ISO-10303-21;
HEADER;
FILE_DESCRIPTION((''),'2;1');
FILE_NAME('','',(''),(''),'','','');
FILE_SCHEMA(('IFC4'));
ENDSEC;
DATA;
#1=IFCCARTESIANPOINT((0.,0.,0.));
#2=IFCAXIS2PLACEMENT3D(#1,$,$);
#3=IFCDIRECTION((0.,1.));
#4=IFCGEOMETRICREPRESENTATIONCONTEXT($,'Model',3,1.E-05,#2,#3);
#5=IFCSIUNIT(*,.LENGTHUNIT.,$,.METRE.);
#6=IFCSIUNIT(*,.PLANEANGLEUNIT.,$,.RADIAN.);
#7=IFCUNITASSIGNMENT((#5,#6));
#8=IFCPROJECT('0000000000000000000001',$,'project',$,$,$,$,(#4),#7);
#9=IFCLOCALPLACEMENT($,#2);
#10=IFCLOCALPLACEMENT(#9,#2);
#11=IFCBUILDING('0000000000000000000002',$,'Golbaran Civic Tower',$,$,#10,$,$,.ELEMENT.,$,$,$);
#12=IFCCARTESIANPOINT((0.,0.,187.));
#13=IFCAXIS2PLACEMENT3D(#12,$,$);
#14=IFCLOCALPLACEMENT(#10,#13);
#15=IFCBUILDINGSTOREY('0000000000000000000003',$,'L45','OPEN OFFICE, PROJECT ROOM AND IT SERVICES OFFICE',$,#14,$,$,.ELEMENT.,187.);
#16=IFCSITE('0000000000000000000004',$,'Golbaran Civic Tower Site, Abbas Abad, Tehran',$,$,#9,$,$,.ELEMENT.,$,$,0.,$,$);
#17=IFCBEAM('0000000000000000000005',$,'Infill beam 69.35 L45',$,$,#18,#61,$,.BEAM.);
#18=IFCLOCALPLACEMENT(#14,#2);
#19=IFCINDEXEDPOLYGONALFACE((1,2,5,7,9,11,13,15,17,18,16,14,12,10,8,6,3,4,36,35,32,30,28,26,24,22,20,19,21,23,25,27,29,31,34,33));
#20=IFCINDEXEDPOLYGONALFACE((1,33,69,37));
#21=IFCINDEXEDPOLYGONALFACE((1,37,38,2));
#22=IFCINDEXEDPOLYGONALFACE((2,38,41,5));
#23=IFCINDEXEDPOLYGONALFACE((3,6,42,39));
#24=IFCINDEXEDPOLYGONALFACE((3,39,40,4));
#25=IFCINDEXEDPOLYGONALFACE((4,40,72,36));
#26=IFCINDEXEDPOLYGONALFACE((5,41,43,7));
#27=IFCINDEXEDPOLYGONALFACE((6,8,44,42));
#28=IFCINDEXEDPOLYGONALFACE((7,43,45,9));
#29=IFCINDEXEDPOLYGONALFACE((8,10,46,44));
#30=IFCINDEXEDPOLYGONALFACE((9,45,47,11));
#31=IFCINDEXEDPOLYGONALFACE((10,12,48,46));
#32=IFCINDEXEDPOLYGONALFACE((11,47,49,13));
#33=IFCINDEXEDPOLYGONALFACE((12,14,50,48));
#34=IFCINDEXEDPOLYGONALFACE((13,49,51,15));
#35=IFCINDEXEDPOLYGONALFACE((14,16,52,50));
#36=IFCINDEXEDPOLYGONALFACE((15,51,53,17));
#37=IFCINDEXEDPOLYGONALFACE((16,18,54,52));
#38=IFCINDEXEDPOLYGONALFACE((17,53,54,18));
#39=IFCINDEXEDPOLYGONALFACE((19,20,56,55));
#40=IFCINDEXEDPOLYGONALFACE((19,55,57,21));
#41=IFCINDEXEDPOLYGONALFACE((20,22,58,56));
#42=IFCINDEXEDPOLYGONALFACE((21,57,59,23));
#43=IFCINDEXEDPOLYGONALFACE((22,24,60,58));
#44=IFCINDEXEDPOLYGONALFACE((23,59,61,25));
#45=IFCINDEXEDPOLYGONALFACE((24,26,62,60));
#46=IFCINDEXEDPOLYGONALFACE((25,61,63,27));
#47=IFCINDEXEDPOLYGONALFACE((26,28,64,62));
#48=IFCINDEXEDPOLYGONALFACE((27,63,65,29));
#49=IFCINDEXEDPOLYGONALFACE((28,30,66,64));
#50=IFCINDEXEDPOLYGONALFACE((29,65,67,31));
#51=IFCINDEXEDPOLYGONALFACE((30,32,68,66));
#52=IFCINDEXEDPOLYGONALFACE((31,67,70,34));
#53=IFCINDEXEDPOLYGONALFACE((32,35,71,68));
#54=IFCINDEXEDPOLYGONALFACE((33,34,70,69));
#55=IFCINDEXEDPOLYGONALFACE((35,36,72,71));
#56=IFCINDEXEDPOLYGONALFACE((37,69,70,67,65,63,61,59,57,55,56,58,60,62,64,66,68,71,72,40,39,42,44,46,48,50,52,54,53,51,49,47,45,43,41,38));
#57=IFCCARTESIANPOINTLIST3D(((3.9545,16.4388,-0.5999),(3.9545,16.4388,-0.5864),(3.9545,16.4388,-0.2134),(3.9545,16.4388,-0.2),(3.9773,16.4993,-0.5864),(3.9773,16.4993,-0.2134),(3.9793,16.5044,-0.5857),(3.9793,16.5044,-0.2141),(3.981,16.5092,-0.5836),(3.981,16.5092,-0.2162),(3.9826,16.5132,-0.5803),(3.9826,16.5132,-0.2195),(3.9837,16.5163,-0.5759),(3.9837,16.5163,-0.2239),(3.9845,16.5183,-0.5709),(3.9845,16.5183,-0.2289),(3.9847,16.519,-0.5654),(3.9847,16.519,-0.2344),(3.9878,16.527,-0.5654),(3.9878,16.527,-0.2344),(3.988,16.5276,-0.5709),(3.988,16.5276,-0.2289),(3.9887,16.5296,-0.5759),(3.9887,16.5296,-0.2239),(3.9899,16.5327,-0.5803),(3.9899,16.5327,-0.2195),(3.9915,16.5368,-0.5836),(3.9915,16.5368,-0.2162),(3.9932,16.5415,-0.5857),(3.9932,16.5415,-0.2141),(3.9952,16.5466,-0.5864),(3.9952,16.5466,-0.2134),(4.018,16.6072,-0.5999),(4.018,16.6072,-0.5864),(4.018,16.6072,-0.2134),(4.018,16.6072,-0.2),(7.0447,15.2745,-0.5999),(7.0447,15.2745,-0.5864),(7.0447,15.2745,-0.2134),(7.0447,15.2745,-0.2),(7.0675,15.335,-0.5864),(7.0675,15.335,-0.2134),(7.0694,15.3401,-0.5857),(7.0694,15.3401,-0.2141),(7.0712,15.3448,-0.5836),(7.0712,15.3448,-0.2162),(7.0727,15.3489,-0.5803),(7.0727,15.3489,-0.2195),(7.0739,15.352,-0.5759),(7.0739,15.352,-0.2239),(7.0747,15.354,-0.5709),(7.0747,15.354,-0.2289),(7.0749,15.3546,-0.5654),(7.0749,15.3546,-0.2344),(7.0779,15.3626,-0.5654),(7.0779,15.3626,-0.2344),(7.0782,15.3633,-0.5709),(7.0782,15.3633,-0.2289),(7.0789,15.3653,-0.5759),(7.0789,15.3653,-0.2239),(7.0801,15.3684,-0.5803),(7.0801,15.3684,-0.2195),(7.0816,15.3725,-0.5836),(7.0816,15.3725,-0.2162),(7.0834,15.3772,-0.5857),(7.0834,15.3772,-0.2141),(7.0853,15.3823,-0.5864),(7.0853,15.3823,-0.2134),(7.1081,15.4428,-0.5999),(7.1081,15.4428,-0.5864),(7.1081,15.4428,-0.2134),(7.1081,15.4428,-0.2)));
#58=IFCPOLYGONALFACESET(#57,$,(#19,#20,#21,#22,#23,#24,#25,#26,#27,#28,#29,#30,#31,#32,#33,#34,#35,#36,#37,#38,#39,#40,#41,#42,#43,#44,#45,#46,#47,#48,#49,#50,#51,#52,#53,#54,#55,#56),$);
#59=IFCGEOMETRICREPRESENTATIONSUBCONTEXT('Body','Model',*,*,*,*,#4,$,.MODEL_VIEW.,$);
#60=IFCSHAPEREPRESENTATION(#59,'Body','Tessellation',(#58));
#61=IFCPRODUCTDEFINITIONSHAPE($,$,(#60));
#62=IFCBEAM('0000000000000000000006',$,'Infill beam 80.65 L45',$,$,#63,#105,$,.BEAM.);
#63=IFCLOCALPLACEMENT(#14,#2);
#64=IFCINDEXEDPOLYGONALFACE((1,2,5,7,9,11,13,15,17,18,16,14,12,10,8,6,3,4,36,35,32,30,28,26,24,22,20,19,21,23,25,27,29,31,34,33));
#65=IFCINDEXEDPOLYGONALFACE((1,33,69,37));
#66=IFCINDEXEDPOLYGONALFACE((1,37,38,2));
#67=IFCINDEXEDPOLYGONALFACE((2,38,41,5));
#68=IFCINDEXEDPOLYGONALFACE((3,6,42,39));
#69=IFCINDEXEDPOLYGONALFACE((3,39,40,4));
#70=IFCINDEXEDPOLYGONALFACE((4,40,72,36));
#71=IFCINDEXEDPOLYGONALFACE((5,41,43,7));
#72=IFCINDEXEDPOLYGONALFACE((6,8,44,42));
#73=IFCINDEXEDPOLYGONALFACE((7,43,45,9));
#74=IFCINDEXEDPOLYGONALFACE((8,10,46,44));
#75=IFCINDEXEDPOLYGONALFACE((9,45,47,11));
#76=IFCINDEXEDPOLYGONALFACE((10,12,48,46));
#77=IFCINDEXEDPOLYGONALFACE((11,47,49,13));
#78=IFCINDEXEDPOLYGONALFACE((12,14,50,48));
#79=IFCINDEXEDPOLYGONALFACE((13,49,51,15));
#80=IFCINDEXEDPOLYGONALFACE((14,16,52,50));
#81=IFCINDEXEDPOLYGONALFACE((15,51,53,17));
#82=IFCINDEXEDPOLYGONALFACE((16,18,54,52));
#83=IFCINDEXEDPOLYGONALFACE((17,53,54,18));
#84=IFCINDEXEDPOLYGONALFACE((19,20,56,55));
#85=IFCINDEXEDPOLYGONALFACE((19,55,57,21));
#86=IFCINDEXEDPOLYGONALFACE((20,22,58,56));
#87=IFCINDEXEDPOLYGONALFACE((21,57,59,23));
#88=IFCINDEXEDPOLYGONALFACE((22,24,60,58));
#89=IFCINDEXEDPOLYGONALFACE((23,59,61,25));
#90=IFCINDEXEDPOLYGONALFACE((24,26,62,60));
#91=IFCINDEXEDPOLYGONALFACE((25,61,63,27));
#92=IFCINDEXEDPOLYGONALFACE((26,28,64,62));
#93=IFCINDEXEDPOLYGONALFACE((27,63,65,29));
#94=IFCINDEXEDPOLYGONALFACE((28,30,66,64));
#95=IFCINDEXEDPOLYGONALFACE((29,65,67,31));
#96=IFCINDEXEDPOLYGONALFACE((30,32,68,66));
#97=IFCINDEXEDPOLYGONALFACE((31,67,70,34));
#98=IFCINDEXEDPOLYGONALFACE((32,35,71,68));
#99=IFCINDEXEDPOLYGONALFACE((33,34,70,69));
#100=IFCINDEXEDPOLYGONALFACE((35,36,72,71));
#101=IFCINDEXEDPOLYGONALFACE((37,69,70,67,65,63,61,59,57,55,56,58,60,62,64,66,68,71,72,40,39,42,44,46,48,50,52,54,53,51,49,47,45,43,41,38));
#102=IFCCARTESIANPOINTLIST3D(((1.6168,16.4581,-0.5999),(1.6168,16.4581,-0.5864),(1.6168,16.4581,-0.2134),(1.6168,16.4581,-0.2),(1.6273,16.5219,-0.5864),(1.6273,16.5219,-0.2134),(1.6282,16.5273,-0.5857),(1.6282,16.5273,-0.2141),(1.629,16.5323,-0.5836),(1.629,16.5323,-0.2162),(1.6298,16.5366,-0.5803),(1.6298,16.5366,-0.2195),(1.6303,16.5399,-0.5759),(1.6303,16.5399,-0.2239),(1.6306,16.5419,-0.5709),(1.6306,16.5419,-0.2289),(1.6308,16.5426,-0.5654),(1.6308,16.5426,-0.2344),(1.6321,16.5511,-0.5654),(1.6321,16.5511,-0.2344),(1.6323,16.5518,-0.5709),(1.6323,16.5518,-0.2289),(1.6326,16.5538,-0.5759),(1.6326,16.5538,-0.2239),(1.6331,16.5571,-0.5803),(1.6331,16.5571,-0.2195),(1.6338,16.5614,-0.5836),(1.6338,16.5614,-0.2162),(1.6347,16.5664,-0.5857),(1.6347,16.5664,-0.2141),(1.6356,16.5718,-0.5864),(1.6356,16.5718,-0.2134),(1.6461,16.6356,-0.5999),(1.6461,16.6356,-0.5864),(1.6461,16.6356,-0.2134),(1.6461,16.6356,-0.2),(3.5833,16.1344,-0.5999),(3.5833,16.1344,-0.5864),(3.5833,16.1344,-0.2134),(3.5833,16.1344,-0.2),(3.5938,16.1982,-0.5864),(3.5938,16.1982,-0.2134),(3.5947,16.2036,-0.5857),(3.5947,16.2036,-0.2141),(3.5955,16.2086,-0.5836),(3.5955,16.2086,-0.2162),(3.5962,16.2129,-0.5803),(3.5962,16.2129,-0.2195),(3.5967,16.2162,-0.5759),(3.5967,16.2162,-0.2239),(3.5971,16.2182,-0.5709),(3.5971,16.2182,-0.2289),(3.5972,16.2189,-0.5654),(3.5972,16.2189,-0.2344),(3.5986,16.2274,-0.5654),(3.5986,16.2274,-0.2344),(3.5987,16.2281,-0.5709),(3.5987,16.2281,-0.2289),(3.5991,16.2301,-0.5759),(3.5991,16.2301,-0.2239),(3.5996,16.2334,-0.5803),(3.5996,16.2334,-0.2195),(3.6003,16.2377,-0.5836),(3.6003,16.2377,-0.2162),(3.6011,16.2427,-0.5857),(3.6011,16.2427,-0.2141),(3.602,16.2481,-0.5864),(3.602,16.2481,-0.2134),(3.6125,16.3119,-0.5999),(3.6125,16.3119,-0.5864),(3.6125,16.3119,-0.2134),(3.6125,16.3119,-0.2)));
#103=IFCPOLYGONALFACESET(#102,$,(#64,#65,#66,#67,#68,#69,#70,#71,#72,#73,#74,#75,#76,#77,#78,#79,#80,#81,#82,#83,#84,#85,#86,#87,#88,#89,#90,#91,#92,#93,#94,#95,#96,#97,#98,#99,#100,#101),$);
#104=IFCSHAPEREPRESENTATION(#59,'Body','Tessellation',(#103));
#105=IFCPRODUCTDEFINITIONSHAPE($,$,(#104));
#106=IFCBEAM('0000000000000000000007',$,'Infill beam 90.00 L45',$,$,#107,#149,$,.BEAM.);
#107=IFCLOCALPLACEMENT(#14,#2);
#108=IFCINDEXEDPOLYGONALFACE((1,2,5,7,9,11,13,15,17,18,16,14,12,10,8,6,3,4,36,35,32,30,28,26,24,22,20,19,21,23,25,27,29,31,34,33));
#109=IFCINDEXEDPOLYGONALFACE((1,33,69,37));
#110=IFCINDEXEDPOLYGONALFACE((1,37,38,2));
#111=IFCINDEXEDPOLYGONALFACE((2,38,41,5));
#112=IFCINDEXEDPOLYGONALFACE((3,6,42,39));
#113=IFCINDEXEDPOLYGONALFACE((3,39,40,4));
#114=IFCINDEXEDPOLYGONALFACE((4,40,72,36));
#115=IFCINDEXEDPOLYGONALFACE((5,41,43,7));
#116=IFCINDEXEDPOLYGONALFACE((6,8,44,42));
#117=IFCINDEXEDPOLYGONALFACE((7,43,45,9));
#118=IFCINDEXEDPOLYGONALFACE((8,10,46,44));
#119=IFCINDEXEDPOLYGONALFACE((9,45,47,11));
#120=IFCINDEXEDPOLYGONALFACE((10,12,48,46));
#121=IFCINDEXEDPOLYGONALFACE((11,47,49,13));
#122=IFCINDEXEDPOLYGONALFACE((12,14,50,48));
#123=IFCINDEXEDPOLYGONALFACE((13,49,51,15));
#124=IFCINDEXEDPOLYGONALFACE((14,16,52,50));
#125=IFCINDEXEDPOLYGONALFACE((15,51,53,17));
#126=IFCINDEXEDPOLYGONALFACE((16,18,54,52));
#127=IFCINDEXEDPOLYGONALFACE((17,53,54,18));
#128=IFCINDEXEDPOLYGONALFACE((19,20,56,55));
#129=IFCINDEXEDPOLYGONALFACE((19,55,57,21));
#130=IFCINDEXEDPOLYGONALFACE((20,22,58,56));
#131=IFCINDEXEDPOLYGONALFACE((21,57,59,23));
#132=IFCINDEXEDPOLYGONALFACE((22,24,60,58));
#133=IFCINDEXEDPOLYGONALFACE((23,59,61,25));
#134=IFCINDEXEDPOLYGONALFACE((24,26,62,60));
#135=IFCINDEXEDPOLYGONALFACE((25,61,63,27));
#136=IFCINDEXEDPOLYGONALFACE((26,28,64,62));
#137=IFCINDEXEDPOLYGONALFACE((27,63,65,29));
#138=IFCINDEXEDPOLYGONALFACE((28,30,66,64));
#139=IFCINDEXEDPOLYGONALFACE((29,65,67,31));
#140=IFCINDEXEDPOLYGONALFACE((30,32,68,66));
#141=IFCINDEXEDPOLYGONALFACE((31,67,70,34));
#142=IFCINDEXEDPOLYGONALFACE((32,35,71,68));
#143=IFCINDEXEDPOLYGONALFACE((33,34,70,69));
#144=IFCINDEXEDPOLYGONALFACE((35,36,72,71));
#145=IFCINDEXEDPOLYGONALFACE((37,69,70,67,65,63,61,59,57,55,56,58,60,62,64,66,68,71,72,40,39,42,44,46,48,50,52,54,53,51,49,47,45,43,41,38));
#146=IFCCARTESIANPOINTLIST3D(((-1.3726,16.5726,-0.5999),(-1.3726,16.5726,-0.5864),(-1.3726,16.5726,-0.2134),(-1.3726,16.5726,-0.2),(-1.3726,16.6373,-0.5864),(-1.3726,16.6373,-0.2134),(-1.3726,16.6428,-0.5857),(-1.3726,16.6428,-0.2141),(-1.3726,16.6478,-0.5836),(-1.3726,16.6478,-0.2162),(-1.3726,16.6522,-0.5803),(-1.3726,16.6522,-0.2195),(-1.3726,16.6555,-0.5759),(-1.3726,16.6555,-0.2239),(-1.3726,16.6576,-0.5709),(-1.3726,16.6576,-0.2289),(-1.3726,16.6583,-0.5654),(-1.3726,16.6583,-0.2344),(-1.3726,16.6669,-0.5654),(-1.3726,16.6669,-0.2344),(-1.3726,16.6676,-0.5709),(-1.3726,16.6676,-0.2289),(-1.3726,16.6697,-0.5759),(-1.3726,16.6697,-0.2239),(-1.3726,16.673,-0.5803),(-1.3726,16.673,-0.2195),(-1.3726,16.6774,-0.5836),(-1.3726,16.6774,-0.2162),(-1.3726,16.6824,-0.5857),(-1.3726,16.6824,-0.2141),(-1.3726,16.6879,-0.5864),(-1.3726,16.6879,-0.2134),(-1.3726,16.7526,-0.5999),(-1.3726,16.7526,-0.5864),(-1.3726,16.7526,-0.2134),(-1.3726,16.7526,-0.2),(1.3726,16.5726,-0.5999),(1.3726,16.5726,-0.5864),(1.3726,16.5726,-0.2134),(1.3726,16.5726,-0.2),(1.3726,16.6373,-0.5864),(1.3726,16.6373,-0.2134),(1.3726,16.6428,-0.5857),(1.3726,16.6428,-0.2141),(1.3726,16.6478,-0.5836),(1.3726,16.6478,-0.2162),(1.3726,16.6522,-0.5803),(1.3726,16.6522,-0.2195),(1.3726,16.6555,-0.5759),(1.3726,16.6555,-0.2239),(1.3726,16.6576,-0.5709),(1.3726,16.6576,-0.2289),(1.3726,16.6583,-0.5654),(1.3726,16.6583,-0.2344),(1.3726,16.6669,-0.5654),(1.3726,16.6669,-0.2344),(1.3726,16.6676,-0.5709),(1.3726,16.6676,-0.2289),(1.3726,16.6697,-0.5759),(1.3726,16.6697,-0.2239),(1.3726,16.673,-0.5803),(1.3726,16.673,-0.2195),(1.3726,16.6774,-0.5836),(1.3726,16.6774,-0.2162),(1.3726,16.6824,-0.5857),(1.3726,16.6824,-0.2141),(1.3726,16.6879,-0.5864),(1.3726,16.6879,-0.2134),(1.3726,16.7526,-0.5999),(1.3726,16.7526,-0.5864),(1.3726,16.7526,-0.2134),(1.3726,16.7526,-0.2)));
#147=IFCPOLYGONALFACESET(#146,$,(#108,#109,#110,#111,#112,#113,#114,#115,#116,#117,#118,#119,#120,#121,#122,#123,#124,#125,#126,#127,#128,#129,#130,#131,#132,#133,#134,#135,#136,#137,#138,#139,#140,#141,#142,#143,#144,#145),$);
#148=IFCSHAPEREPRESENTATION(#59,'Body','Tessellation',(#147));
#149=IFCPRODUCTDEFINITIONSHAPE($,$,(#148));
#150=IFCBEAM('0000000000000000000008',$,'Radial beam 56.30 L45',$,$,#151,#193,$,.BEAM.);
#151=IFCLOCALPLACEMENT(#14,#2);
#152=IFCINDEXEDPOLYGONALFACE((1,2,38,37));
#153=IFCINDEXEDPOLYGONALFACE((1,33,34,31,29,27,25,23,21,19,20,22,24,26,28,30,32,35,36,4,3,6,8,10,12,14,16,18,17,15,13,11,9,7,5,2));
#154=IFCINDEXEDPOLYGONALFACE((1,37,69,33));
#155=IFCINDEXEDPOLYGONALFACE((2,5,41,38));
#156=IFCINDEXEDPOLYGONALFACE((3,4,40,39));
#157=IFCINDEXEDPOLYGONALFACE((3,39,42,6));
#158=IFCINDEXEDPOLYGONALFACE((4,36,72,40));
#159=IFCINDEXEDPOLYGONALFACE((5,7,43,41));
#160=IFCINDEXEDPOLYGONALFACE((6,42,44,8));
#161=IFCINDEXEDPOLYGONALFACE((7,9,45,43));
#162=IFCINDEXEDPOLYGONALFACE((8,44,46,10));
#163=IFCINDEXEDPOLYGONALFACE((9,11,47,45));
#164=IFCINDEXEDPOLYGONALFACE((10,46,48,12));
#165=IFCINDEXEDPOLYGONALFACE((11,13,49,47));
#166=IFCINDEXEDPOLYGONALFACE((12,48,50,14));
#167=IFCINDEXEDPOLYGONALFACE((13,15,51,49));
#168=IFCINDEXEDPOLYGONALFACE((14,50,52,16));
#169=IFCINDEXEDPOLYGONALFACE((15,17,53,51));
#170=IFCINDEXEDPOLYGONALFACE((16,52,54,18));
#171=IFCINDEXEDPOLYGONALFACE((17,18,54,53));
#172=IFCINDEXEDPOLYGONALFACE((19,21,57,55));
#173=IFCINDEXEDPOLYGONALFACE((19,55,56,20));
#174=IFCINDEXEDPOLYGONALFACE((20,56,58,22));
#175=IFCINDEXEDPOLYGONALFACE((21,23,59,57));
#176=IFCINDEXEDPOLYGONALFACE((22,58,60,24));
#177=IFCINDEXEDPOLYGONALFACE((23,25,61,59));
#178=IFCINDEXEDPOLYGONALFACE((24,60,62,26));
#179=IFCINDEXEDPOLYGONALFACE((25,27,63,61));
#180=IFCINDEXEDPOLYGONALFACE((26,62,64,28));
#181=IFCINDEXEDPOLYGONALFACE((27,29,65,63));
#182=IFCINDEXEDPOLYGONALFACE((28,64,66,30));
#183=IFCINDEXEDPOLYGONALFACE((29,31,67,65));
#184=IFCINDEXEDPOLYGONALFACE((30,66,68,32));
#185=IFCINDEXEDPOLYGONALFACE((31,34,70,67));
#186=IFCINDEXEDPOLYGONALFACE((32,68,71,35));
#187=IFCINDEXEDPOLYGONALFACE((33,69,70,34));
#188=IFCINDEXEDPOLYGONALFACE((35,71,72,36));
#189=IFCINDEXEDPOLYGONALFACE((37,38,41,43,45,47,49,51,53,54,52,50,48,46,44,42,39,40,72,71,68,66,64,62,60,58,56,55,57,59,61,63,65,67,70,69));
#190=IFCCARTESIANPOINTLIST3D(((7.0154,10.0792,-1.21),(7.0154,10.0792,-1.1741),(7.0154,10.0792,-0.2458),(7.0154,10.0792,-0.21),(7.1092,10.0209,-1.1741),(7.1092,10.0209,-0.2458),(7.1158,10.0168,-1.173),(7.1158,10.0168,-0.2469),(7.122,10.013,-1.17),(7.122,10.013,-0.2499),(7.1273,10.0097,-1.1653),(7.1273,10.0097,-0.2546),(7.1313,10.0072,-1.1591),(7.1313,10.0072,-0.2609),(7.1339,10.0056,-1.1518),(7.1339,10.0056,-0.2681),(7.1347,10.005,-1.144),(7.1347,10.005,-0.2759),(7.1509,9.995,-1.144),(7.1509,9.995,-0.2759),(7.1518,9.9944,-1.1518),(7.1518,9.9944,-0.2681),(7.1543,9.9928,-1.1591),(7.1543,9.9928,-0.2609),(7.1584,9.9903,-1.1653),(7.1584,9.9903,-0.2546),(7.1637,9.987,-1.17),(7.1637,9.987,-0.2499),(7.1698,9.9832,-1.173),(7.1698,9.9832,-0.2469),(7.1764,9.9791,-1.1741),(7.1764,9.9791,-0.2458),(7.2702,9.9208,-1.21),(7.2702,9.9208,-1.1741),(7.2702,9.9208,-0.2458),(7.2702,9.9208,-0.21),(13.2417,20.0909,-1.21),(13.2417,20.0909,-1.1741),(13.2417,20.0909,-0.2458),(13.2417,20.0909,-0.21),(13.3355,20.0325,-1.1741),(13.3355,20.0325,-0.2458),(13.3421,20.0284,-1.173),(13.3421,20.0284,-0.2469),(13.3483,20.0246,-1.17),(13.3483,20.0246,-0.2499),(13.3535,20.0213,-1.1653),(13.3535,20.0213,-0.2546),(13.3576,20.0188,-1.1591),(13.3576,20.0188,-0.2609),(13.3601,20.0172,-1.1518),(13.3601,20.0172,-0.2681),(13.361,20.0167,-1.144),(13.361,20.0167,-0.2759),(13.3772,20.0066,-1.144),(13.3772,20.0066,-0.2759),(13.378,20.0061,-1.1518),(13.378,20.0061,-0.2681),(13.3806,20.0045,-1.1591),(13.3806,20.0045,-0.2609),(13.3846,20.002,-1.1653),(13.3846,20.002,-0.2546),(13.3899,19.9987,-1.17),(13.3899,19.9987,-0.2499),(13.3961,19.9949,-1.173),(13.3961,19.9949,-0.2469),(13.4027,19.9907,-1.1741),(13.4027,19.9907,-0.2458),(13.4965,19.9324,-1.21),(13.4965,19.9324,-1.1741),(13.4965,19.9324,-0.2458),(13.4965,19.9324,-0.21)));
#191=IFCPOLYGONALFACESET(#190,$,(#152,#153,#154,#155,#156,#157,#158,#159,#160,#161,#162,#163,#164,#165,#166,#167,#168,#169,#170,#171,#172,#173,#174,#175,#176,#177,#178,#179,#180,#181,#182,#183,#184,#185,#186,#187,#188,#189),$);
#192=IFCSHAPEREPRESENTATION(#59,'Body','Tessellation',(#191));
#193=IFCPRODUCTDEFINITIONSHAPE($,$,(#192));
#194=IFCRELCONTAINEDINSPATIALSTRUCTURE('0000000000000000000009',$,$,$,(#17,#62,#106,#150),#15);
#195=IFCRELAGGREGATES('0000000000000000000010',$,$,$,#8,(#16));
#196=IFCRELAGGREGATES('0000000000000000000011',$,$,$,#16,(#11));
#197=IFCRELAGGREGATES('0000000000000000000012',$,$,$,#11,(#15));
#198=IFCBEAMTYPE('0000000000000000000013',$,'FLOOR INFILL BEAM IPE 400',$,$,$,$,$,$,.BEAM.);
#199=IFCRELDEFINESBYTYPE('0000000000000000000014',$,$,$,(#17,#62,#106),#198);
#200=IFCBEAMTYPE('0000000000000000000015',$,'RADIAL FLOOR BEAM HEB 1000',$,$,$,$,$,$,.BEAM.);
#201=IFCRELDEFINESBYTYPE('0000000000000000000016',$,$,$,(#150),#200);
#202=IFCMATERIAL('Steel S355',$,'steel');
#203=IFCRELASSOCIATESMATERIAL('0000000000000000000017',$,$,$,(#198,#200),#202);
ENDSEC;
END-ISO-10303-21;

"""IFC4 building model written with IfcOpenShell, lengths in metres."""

from ifc_helpers import new_model, si_unit, direction, frame, origin, origin_2d, place, context, subcontext, project, spatial, i_section, extrude, material, material_profile, profile_set, type_object, element, save


model = new_model("IFC4")

# Units and contexts
model_context = context("Model", 3, precision=1e-05, world=origin(), true_north=direction((0.0, 1.0)))
body_context = subcontext(model_context, "Body", "Model", "MODEL_VIEW")
ifc_project = project(units=[si_unit("LENGTHUNIT", "METRE"), si_unit("PLANEANGLEUNIT", "RADIAN")], contexts=[model_context])

# Site, building, storey
site_placement = place(None, origin())
site = spatial("IfcSite", under=ifc_project, at=site_placement, Name="Golbaran Civic Tower Site, Abbas Abad, Tehran", CompositionType="ELEMENT", RefElevation=0.0)
building_placement = place(site_placement, origin())
building = spatial("IfcBuilding", under=site, at=building_placement, Name="Golbaran Civic Tower", CompositionType="ELEMENT")
storey_placement = place(building_placement, frame((0.0, 0.0, 187.0)))
storey = spatial("IfcBuildingStorey", under=building, at=storey_placement, Name="L45", Description="OPEN OFFICE, PROJECT ROOM AND IT SERVICES OFFICE", CompositionType="ELEMENT", Elevation=187.0)

# Beams
ifc_material_1 = material(Name="Steel S355", Category="steel")
ifc_material_profile_1 = material_profile(ifc_material_1, i_section(OverallWidth=0.1799, OverallDepth=0.3999, WebThickness=0.0085, FlangeThickness=0.0134, FilletRadius=0.021, at=origin_2d()), Name="IPE 400")
ifc_profile_set_1 = profile_set([ifc_material_profile_1], Name="Steel S355")
beam_type_1 = type_object("IfcBeamType", Name="FLOOR INFILL BEAM IPE 400", PredefinedType="BEAM", material=ifc_profile_set_1)
beam_1_placement = place(storey_placement, frame((7.0764, 15.3586, -0.3999), z_axis=(-0.935778, 0.35259, 0.0), x_axis=(-0.35259, -0.935778, 0.0)))
element("IfcBeam", 1, at=beam_1_placement, inside=storey, type_object=beam_type_1, Name="Infill beam 69.35 L45", PredefinedType="BEAM", context=body_context, shape_type="SweptSolid", body=[
    extrude(i_section(OverallWidth=0.1799, OverallDepth=0.3999, WebThickness=0.0085, FlangeThickness=0.0134, FilletRadius=0.021, at=origin_2d()), origin(), (0.0, 0.0, 1.0), 3.3022),
])
beam_2_placement = place(storey_placement, frame((3.5979, 16.2231, -0.3999), z_axis=(-0.98672, 0.162432, 0.0), x_axis=(-0.162432, -0.98672, 0.0)))
element("IfcBeam", 2, at=beam_2_placement, inside=storey, type_object=beam_type_1, Name="Infill beam 80.65 L45", PredefinedType="BEAM", context=body_context, shape_type="SweptSolid", body=[
    extrude(i_section(OverallWidth=0.1799, OverallDepth=0.3999, WebThickness=0.0085, FlangeThickness=0.0134, FilletRadius=0.021, at=origin_2d()), origin(), (0.0, 0.0, 1.0), 1.9929),
])
beam_3_placement = place(storey_placement, frame((1.3726, 16.6626, -0.3999), z_axis=(-1.0, 0.0, 0.0), x_axis=(0.0, -1.0, 0.0)))
element("IfcBeam", 3, at=beam_3_placement, inside=storey, type_object=beam_type_1, Name="Infill beam 90.00 L45", PredefinedType="BEAM", context=body_context, shape_type="SweptSolid", body=[
    extrude(i_section(OverallWidth=0.1799, OverallDepth=0.3999, WebThickness=0.0085, FlangeThickness=0.0134, FilletRadius=0.021, at=origin_2d()), origin(), (0.0, 0.0, 1.0), 2.7451),
])
ifc_material_profile_2 = material_profile(ifc_material_1, i_section(OverallWidth=0.3, OverallDepth=1.0, WebThickness=0.019, FlangeThickness=0.0359, FilletRadius=0.03, at=origin_2d()), Name="HEB 1000")
ifc_profile_set_2 = profile_set([ifc_material_profile_2], Name="Steel S355")
beam_type_2 = type_object("IfcBeamType", Name="RADIAL FLOOR BEAM HEB 1000", PredefinedType="BEAM", material=ifc_profile_set_2)
beam_4_placement = place(storey_placement, frame((7.1428, 10.0, -0.71), z_axis=(0.528106, 0.849178, 0.0), x_axis=(-0.849178, 0.528106, 0.0)))
element("IfcBeam", 4, at=beam_4_placement, inside=storey, type_object=beam_type_2, Name="Radial beam 56.30 L45", PredefinedType="BEAM", context=body_context, shape_type="SweptSolid", body=[
    extrude(i_section(OverallWidth=0.3, OverallDepth=1.0, WebThickness=0.019, FlangeThickness=0.0359, FilletRadius=0.03, at=origin_2d()), origin(), (0.0, 0.0, 1.0), 11.7898),
])

save(model, "model.ifc")
